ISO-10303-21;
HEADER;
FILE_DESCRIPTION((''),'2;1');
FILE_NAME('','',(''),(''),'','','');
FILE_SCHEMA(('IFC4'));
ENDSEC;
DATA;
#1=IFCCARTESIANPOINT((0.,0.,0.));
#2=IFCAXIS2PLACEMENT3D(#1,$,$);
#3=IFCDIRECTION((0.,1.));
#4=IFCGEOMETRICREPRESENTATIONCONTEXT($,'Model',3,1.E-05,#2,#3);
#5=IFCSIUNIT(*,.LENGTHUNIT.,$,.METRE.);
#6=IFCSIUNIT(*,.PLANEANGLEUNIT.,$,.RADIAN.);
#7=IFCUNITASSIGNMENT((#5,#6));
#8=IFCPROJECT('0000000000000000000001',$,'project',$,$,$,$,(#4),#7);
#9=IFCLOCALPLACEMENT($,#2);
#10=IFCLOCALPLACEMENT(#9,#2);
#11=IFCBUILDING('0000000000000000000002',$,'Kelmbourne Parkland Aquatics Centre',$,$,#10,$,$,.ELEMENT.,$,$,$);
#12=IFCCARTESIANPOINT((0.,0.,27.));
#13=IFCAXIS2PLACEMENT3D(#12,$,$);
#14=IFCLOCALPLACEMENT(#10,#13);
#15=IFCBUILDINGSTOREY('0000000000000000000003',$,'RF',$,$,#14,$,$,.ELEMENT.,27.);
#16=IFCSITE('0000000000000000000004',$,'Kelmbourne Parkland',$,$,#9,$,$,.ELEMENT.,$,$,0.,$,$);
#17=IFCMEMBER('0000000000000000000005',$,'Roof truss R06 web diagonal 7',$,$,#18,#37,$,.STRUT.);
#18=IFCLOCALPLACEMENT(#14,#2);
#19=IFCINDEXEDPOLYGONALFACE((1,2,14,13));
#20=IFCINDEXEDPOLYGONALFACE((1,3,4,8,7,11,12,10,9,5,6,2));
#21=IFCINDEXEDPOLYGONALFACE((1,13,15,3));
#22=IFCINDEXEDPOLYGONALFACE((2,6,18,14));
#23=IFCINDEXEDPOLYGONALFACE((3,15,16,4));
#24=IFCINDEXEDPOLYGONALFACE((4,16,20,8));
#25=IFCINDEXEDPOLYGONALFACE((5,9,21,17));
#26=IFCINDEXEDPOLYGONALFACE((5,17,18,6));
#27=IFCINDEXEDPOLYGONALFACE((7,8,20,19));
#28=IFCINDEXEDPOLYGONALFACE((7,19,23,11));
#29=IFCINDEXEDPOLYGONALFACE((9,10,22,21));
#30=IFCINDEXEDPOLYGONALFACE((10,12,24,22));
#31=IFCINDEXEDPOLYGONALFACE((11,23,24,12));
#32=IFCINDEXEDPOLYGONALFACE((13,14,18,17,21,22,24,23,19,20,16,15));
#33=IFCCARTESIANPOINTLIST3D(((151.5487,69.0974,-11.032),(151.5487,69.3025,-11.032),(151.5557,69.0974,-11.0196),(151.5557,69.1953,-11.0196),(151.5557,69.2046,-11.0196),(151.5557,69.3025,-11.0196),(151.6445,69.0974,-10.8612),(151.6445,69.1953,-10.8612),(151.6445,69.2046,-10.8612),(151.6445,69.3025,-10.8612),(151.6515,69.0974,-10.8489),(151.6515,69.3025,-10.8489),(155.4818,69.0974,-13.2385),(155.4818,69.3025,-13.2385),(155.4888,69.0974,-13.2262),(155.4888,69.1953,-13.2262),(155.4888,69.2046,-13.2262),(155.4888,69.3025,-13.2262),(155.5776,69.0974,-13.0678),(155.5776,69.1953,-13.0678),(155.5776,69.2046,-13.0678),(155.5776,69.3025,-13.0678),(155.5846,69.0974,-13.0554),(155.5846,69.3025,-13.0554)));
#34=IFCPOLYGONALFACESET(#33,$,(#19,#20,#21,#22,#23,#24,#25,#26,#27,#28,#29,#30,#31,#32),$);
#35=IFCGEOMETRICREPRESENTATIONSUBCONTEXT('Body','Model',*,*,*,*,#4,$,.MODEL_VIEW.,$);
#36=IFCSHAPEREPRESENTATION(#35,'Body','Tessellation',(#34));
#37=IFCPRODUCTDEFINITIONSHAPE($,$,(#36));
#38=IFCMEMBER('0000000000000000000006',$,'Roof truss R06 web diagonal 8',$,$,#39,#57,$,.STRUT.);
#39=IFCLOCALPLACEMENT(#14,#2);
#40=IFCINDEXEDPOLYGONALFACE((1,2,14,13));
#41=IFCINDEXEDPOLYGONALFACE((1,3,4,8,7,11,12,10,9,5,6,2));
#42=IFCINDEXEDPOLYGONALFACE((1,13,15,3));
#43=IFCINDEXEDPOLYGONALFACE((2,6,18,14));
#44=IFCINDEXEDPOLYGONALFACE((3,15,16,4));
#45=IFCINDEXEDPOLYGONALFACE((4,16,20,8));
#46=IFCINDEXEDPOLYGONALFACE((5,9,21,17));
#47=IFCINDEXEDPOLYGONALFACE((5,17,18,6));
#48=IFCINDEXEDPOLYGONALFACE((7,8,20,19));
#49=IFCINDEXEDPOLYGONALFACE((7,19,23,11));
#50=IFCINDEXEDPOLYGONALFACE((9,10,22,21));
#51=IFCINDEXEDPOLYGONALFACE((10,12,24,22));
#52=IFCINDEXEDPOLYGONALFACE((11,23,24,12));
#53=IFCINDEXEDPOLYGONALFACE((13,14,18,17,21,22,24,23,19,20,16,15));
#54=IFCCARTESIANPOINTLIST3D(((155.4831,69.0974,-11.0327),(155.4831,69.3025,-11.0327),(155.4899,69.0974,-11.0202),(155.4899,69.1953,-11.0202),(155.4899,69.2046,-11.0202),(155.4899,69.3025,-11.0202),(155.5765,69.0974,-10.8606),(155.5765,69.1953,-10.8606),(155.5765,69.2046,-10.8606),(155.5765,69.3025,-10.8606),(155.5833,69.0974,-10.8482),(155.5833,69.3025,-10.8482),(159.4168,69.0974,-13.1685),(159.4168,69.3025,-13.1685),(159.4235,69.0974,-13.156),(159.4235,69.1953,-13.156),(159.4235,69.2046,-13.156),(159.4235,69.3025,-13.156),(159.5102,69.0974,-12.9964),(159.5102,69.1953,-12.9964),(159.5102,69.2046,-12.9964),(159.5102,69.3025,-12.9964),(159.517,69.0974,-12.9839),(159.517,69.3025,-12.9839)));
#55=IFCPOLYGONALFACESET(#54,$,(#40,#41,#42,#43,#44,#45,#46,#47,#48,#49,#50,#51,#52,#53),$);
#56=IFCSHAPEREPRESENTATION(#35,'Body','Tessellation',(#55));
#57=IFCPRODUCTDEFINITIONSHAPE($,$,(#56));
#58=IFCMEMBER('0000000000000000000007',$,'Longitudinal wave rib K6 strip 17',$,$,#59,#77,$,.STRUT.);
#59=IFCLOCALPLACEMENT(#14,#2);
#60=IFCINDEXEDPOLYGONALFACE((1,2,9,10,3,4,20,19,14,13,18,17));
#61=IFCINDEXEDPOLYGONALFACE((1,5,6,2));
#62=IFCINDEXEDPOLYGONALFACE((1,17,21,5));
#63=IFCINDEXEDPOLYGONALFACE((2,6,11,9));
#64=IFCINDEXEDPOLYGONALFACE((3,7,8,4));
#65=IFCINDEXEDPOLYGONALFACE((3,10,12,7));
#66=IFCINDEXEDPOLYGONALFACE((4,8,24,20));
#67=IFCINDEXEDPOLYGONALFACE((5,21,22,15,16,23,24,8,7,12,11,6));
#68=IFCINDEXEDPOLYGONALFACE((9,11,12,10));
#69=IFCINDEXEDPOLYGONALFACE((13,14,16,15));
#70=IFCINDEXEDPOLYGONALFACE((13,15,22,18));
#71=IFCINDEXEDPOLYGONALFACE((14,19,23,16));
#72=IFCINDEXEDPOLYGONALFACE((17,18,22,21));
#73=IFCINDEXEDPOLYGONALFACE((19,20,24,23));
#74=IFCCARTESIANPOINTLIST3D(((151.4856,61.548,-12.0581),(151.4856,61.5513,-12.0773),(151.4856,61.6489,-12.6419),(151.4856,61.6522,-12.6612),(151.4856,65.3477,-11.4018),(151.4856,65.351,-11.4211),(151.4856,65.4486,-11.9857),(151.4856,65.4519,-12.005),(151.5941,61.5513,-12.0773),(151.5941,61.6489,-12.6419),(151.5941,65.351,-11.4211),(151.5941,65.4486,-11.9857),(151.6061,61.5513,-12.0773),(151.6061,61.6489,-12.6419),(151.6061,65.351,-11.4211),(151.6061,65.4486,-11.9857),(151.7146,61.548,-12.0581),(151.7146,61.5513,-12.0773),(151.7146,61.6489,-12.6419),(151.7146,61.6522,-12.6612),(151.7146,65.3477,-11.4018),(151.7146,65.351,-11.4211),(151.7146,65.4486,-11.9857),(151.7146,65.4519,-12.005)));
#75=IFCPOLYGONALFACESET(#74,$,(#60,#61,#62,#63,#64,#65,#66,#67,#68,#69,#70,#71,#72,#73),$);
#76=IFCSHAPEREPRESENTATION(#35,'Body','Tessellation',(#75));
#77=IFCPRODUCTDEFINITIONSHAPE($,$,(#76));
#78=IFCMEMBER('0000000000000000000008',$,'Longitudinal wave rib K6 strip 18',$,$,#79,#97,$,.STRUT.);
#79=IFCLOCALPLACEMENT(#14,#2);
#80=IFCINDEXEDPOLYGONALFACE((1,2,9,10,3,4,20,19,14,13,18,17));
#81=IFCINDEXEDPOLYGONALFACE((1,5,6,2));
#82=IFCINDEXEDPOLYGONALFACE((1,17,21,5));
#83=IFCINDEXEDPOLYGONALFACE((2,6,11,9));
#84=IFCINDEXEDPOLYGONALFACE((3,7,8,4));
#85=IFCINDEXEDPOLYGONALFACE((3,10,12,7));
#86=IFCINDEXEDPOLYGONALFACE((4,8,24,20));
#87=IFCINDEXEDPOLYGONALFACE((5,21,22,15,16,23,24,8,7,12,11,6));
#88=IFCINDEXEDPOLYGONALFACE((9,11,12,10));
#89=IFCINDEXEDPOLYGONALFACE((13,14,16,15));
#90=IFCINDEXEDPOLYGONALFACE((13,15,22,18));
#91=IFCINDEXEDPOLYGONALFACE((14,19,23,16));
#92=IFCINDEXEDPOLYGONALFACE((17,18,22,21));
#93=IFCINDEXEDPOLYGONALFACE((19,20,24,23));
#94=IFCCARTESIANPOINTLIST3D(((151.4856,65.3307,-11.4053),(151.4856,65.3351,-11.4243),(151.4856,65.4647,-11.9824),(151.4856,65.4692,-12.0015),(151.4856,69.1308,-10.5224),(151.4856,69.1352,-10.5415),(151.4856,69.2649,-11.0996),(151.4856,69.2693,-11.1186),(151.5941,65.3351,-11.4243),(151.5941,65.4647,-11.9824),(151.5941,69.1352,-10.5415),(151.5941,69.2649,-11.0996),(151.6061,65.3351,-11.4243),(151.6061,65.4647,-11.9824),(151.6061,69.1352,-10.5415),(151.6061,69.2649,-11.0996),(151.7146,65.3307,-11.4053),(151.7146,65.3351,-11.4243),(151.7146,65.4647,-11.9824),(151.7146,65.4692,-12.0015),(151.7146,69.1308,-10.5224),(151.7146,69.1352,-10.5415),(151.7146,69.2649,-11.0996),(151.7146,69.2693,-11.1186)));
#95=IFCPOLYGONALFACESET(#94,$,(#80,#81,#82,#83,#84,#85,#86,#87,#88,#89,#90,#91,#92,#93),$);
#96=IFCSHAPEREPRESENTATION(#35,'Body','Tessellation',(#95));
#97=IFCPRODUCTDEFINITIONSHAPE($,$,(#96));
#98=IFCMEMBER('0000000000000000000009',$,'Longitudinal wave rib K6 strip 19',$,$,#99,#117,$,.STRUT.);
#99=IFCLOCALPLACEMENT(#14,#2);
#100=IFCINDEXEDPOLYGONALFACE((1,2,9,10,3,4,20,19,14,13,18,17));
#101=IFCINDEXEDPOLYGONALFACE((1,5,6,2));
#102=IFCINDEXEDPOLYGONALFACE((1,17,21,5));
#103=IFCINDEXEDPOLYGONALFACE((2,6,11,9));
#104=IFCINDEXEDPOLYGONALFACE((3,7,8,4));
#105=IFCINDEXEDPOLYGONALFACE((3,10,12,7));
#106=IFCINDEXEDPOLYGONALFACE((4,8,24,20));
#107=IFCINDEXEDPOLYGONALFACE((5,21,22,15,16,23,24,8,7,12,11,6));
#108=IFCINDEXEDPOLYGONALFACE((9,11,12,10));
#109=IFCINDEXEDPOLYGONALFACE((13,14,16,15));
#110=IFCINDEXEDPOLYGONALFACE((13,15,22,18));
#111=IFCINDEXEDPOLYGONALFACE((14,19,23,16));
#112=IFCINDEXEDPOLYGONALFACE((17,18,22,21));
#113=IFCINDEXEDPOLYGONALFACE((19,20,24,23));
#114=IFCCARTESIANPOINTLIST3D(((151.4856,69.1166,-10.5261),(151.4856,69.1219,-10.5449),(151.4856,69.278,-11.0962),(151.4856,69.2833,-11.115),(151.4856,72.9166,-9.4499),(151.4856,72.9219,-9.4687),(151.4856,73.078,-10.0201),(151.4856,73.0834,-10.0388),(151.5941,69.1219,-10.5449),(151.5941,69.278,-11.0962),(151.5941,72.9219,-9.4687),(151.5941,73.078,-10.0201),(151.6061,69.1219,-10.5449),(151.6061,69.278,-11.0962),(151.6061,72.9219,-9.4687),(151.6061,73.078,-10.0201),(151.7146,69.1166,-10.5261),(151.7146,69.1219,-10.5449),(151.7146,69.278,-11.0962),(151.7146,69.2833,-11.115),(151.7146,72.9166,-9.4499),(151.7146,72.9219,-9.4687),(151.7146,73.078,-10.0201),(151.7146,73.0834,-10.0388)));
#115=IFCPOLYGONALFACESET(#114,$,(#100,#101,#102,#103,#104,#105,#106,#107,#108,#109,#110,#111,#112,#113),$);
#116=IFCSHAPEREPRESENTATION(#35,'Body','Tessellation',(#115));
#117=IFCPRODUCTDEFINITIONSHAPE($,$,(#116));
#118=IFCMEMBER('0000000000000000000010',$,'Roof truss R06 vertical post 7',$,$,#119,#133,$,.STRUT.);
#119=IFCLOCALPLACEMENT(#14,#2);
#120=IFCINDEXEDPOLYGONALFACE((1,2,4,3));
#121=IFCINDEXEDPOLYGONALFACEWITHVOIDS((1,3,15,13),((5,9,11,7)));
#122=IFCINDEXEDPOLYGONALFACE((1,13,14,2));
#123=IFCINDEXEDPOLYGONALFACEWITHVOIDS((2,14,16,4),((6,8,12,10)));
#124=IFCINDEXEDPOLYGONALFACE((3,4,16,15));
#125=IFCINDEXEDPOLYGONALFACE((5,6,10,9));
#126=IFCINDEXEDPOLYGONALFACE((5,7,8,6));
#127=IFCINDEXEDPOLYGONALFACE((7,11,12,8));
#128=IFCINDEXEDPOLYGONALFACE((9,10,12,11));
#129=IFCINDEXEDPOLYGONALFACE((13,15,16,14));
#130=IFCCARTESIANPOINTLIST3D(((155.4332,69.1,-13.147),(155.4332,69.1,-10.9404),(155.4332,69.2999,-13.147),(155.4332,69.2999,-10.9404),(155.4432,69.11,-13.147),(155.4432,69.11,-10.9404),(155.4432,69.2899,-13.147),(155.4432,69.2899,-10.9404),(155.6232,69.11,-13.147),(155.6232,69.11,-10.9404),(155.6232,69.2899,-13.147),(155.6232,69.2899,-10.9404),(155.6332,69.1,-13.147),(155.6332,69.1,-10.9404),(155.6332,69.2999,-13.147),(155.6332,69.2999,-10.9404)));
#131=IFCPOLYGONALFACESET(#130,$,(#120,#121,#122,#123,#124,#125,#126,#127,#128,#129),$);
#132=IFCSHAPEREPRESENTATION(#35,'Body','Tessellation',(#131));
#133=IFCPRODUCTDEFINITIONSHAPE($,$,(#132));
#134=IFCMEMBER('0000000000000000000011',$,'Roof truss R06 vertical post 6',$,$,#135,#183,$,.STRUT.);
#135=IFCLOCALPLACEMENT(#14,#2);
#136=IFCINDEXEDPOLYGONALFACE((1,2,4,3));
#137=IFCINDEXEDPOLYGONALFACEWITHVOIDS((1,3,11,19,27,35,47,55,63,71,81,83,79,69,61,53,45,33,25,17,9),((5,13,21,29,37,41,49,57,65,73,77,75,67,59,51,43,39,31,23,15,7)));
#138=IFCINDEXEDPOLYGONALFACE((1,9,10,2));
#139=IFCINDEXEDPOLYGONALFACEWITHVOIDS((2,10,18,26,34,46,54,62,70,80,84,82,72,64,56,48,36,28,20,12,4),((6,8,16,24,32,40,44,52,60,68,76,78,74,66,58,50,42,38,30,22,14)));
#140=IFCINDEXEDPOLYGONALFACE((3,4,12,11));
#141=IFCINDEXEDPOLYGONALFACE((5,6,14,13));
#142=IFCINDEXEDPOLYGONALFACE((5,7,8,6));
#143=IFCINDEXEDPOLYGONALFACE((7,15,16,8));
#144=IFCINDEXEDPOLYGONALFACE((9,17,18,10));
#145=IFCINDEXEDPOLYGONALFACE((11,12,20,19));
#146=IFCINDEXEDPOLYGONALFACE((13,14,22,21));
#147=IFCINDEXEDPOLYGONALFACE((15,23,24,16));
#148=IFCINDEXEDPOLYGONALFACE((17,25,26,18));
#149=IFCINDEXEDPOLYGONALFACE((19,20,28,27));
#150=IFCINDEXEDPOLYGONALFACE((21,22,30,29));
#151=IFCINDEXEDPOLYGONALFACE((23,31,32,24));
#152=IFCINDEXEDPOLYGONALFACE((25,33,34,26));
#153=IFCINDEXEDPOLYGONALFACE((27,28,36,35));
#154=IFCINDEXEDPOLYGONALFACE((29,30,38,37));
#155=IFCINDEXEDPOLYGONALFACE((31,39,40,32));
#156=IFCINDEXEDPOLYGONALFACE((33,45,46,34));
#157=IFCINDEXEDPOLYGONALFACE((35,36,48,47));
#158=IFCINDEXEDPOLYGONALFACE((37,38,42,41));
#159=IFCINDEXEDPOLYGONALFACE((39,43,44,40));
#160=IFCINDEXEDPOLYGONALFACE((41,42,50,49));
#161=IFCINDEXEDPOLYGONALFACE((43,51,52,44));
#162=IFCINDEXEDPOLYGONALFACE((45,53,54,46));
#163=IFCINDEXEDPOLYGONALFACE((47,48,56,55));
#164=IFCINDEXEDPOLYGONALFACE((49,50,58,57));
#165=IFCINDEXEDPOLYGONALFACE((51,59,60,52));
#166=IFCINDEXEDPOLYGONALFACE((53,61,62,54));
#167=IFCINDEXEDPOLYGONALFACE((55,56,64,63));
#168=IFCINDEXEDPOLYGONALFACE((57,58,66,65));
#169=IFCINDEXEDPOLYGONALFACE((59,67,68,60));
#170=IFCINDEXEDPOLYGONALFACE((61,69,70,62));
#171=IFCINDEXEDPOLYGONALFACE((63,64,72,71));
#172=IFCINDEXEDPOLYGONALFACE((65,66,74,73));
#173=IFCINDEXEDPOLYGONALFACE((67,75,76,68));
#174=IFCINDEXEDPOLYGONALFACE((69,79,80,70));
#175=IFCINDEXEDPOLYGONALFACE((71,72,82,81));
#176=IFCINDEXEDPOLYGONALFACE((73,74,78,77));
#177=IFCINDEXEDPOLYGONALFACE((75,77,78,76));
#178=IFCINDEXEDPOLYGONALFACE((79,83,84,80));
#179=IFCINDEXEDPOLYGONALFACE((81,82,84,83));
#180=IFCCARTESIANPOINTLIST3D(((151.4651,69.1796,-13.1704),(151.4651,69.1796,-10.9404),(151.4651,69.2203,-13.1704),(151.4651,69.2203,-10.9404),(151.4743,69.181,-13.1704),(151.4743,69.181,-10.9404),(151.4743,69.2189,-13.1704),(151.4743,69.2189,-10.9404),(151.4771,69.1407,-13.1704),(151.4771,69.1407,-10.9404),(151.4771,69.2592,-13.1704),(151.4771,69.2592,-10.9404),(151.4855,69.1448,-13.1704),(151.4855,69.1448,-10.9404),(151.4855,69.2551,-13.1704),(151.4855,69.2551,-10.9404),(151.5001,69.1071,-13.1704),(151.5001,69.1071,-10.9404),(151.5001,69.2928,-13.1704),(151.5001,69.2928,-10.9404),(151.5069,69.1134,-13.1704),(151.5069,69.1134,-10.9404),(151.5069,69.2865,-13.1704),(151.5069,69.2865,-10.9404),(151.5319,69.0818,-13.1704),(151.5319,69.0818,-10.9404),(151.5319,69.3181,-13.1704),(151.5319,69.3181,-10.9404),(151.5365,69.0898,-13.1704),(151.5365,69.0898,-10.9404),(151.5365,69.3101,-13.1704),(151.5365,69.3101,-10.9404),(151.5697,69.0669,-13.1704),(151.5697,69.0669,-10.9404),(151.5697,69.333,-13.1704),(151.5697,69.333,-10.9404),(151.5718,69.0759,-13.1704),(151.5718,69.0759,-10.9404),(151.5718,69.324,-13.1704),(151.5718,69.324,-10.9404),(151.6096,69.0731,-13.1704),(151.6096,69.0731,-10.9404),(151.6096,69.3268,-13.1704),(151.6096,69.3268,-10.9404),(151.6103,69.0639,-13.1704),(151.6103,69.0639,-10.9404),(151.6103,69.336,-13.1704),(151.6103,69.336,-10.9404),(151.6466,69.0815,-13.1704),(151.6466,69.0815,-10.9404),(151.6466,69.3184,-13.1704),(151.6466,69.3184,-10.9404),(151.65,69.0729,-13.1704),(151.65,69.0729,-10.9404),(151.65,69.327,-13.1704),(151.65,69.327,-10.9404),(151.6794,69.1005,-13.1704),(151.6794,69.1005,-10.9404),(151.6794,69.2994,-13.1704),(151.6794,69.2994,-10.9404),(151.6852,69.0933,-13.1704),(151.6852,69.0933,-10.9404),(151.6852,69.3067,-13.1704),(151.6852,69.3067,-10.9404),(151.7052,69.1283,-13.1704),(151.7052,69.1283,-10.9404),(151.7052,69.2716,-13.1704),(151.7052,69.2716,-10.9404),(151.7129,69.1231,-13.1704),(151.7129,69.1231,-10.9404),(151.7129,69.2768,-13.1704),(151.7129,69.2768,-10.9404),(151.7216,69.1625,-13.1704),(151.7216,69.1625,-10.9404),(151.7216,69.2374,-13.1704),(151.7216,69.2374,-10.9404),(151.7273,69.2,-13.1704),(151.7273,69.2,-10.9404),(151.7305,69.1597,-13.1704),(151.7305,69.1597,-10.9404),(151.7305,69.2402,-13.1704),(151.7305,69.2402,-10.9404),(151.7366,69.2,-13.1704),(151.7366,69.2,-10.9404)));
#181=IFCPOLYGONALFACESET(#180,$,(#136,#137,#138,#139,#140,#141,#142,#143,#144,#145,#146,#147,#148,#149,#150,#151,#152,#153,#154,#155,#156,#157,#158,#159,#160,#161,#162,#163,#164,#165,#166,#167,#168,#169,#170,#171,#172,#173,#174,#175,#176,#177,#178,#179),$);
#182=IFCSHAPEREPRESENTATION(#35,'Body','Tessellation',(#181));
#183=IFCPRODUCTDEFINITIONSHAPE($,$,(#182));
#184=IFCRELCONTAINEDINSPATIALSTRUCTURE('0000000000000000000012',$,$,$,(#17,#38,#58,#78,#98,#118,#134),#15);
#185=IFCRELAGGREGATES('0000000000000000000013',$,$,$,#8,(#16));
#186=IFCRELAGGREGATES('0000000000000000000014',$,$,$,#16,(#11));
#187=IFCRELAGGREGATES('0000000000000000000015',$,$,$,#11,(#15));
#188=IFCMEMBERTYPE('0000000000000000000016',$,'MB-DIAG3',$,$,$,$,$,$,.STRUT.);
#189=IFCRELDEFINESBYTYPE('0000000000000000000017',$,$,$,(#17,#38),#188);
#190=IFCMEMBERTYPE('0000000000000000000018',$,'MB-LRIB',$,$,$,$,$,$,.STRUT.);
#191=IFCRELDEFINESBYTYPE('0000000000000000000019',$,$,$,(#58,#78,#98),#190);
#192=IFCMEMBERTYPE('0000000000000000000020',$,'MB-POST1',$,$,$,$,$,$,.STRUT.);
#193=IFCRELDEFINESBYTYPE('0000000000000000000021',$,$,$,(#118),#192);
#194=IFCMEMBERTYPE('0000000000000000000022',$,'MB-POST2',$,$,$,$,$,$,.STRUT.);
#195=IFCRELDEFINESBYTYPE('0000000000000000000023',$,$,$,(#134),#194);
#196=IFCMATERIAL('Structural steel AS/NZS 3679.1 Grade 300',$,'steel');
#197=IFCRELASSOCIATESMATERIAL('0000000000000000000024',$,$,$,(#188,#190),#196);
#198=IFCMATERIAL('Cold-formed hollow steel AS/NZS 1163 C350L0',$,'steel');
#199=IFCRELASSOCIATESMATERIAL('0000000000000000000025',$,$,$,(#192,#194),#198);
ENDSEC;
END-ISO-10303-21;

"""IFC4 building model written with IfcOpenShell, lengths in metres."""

from ifc_helpers import new_model, si_unit, direction, frame, origin, origin_2d, place, context, subcontext, project, spatial, hollow_rectangle, hollow_circle, i_section, extrude, material, material_profile, profile_set, type_object, element, save


model = new_model("IFC4")

# Units and contexts
model_context = context("Model", 3, precision=1e-05, world=origin(), true_north=direction((0.0, 1.0)))
body_context = subcontext(model_context, "Body", "Model", "MODEL_VIEW")
ifc_project = project(units=[si_unit("LENGTHUNIT", "METRE"), si_unit("PLANEANGLEUNIT", "RADIAN")], contexts=[model_context])

# Site, building, storey
site_placement = place(None, origin())
site = spatial("IfcSite", under=ifc_project, at=site_placement, Name="Kelmbourne Parkland", CompositionType="ELEMENT", RefElevation=0.0)
building_placement = place(site_placement, origin())
building = spatial("IfcBuilding", under=site, at=building_placement, Name="Kelmbourne Parkland Aquatics Centre", CompositionType="ELEMENT")
storey_placement = place(building_placement, frame((0.0, 0.0, 27.0)))
storey = spatial("IfcBuildingStorey", under=building, at=storey_placement, Name="RF", CompositionType="ELEMENT", Elevation=27.0)

# Members
ifc_material_1 = material(Name="Structural steel AS/NZS 3679.1 Grade 300", Category="steel")
ifc_material_profile_1 = material_profile(ifc_material_1, i_section(OverallWidth=0.2051, OverallDepth=0.21, WebThickness=0.0093, FlangeThickness=0.0142, at=origin_2d()), Name="200UC59.5")
ifc_profile_set_1 = profile_set([ifc_material_profile_1], Name="Structural steel AS/NZS 3679.1 Grade 300")
member_type_1 = type_object("IfcMemberType", Name="MB-DIAG3", PredefinedType="STRUT", material=ifc_profile_set_1)
member_1_placement = place(storey_placement, frame((151.6001, 69.2, -10.9404), z_axis=(0.872127, 0.0, -0.489279), x_axis=(0.0, 1.0, 0.0)))
element("IfcMember", 1, at=member_1_placement, inside=storey, type_object=member_type_1, Name="Roof truss R06 web diagonal 7", PredefinedType="STRUT", context=body_context, shape_type="SweptSolid", body=[
    extrude(i_section(OverallWidth=0.2051, OverallDepth=0.21, WebThickness=0.0093, FlangeThickness=0.0142, at=origin_2d()), origin(), (0.0, 0.0, 1.0), 4.5098),
])
member_2_placement = place(storey_placement, frame((155.5332, 69.2, -10.9404), z_axis=(0.878819, 0.0, -0.477154), x_axis=(0.0, 1.0, 0.0)))
element("IfcMember", 2, at=member_2_placement, inside=storey, type_object=member_type_1, Name="Roof truss R06 web diagonal 8", PredefinedType="STRUT", context=body_context, shape_type="SweptSolid", body=[
    extrude(i_section(OverallWidth=0.2051, OverallDepth=0.21, WebThickness=0.0093, FlangeThickness=0.0142, at=origin_2d()), origin(), (0.0, 0.0, 1.0), 4.4761),
])
ifc_material_profile_2 = material_profile(ifc_material_1, i_section(OverallWidth=0.229, OverallDepth=0.6121, WebThickness=0.012, FlangeThickness=0.0195, at=origin_2d()), Name="610UB125")
ifc_profile_set_2 = profile_set([ifc_material_profile_2], Name="Structural steel AS/NZS 3679.1 Grade 300")
member_type_2 = type_object("IfcMemberType", Name="MB-LRIB", PredefinedType="STRUT", material=ifc_profile_set_2)
member_3_placement = place(storey_placement, frame((151.6001, 61.6001, -12.3596), z_axis=(0.0, 0.985412, 0.170187), x_axis=(-1.0, 0.0, 0.0)))
element("IfcMember", 3, at=member_3_placement, inside=storey, type_object=member_type_2, Name="Longitudinal wave rib K6 strip 17", PredefinedType="STRUT", context=body_context, shape_type="SweptSolid", body=[
    extrude(i_section(OverallWidth=0.229, OverallDepth=0.6121, WebThickness=0.012, FlangeThickness=0.0195, at=origin_2d()), origin(), (0.0, 0.0, 1.0), 3.856),
])
member_4_placement = place(storey_placement, frame((151.6001, 65.3999, -11.7034), z_axis=(0.0, 0.97406, 0.22629), x_axis=(-1.0, 0.0, 0.0)))
element("IfcMember", 4, at=member_4_placement, inside=storey, type_object=member_type_2, Name="Longitudinal wave rib K6 strip 18", PredefinedType="STRUT", context=body_context, shape_type="SweptSolid", body=[
    extrude(i_section(OverallWidth=0.229, OverallDepth=0.6121, WebThickness=0.012, FlangeThickness=0.0195, at=origin_2d()), origin(), (0.0, 0.0, 1.0), 3.9014),
])
member_5_placement = place(storey_placement, frame((151.6001, 69.2, -10.8206), z_axis=(0.0, 0.96216, 0.272483), x_axis=(-1.0, 0.0, 0.0)))
element("IfcMember", 5, at=member_5_placement, inside=storey, type_object=member_type_2, Name="Longitudinal wave rib K6 strip 19", PredefinedType="STRUT", context=body_context, shape_type="SweptSolid", body=[
    extrude(i_section(OverallWidth=0.229, OverallDepth=0.6121, WebThickness=0.012, FlangeThickness=0.0195, at=origin_2d()), origin(), (0.0, 0.0, 1.0), 3.9495),
])
ifc_material_2 = material(Name="Cold-formed hollow steel AS/NZS 1163 C350L0", Category="steel")
ifc_material_profile_3 = material_profile(ifc_material_2, hollow_rectangle(XDim=0.2, YDim=0.2, WallThickness=0.01, at=origin_2d()), Name="SHS 200x200x10.0")
ifc_profile_set_3 = profile_set([ifc_material_profile_3], Name="Cold-formed hollow steel AS/NZS 1163 C350L0")
member_type_3 = type_object("IfcMemberType", Name="MB-POST1", PredefinedType="STRUT", material=ifc_profile_set_3)
member_6_placement = place(storey_placement, frame((155.5332, 69.2, -13.147), z_axis=(0.0, 0.0, 1.0), x_axis=(1.0, 0.0, 0.0)))
element("IfcMember", 6, at=member_6_placement, inside=storey, type_object=member_type_3, Name="Roof truss R06 vertical post 7", PredefinedType="STRUT", context=body_context, shape_type="SweptSolid", body=[
    extrude(hollow_rectangle(XDim=0.2, YDim=0.2, WallThickness=0.01, at=origin_2d()), origin(), (0.0, 0.0, 1.0), 2.2065),
])
ifc_material_profile_4 = material_profile(ifc_material_2, hollow_circle(Radius=0.1365, WallThickness=0.0093, at=origin_2d()), Name="CHS 273.1x9.3")
ifc_profile_set_4 = profile_set([ifc_material_profile_4], Name="Cold-formed hollow steel AS/NZS 1163 C350L0")
member_type_4 = type_object("IfcMemberType", Name="MB-POST2", PredefinedType="STRUT", material=ifc_profile_set_4)
member_7_placement = place(storey_placement, frame((151.6001, 69.2, -13.1704), z_axis=(0.0, 0.0, 1.0), x_axis=(1.0, 0.0, 0.0)))
element("IfcMember", 7, at=member_7_placement, inside=storey, type_object=member_type_4, Name="Roof truss R06 vertical post 6", PredefinedType="STRUT", context=body_context, shape_type="SweptSolid", body=[
    extrude(hollow_circle(Radius=0.1365, WallThickness=0.0093, at=origin_2d()), origin(), (0.0, 0.0, 1.0), 2.23),
])

save(model, "model.ifc")
